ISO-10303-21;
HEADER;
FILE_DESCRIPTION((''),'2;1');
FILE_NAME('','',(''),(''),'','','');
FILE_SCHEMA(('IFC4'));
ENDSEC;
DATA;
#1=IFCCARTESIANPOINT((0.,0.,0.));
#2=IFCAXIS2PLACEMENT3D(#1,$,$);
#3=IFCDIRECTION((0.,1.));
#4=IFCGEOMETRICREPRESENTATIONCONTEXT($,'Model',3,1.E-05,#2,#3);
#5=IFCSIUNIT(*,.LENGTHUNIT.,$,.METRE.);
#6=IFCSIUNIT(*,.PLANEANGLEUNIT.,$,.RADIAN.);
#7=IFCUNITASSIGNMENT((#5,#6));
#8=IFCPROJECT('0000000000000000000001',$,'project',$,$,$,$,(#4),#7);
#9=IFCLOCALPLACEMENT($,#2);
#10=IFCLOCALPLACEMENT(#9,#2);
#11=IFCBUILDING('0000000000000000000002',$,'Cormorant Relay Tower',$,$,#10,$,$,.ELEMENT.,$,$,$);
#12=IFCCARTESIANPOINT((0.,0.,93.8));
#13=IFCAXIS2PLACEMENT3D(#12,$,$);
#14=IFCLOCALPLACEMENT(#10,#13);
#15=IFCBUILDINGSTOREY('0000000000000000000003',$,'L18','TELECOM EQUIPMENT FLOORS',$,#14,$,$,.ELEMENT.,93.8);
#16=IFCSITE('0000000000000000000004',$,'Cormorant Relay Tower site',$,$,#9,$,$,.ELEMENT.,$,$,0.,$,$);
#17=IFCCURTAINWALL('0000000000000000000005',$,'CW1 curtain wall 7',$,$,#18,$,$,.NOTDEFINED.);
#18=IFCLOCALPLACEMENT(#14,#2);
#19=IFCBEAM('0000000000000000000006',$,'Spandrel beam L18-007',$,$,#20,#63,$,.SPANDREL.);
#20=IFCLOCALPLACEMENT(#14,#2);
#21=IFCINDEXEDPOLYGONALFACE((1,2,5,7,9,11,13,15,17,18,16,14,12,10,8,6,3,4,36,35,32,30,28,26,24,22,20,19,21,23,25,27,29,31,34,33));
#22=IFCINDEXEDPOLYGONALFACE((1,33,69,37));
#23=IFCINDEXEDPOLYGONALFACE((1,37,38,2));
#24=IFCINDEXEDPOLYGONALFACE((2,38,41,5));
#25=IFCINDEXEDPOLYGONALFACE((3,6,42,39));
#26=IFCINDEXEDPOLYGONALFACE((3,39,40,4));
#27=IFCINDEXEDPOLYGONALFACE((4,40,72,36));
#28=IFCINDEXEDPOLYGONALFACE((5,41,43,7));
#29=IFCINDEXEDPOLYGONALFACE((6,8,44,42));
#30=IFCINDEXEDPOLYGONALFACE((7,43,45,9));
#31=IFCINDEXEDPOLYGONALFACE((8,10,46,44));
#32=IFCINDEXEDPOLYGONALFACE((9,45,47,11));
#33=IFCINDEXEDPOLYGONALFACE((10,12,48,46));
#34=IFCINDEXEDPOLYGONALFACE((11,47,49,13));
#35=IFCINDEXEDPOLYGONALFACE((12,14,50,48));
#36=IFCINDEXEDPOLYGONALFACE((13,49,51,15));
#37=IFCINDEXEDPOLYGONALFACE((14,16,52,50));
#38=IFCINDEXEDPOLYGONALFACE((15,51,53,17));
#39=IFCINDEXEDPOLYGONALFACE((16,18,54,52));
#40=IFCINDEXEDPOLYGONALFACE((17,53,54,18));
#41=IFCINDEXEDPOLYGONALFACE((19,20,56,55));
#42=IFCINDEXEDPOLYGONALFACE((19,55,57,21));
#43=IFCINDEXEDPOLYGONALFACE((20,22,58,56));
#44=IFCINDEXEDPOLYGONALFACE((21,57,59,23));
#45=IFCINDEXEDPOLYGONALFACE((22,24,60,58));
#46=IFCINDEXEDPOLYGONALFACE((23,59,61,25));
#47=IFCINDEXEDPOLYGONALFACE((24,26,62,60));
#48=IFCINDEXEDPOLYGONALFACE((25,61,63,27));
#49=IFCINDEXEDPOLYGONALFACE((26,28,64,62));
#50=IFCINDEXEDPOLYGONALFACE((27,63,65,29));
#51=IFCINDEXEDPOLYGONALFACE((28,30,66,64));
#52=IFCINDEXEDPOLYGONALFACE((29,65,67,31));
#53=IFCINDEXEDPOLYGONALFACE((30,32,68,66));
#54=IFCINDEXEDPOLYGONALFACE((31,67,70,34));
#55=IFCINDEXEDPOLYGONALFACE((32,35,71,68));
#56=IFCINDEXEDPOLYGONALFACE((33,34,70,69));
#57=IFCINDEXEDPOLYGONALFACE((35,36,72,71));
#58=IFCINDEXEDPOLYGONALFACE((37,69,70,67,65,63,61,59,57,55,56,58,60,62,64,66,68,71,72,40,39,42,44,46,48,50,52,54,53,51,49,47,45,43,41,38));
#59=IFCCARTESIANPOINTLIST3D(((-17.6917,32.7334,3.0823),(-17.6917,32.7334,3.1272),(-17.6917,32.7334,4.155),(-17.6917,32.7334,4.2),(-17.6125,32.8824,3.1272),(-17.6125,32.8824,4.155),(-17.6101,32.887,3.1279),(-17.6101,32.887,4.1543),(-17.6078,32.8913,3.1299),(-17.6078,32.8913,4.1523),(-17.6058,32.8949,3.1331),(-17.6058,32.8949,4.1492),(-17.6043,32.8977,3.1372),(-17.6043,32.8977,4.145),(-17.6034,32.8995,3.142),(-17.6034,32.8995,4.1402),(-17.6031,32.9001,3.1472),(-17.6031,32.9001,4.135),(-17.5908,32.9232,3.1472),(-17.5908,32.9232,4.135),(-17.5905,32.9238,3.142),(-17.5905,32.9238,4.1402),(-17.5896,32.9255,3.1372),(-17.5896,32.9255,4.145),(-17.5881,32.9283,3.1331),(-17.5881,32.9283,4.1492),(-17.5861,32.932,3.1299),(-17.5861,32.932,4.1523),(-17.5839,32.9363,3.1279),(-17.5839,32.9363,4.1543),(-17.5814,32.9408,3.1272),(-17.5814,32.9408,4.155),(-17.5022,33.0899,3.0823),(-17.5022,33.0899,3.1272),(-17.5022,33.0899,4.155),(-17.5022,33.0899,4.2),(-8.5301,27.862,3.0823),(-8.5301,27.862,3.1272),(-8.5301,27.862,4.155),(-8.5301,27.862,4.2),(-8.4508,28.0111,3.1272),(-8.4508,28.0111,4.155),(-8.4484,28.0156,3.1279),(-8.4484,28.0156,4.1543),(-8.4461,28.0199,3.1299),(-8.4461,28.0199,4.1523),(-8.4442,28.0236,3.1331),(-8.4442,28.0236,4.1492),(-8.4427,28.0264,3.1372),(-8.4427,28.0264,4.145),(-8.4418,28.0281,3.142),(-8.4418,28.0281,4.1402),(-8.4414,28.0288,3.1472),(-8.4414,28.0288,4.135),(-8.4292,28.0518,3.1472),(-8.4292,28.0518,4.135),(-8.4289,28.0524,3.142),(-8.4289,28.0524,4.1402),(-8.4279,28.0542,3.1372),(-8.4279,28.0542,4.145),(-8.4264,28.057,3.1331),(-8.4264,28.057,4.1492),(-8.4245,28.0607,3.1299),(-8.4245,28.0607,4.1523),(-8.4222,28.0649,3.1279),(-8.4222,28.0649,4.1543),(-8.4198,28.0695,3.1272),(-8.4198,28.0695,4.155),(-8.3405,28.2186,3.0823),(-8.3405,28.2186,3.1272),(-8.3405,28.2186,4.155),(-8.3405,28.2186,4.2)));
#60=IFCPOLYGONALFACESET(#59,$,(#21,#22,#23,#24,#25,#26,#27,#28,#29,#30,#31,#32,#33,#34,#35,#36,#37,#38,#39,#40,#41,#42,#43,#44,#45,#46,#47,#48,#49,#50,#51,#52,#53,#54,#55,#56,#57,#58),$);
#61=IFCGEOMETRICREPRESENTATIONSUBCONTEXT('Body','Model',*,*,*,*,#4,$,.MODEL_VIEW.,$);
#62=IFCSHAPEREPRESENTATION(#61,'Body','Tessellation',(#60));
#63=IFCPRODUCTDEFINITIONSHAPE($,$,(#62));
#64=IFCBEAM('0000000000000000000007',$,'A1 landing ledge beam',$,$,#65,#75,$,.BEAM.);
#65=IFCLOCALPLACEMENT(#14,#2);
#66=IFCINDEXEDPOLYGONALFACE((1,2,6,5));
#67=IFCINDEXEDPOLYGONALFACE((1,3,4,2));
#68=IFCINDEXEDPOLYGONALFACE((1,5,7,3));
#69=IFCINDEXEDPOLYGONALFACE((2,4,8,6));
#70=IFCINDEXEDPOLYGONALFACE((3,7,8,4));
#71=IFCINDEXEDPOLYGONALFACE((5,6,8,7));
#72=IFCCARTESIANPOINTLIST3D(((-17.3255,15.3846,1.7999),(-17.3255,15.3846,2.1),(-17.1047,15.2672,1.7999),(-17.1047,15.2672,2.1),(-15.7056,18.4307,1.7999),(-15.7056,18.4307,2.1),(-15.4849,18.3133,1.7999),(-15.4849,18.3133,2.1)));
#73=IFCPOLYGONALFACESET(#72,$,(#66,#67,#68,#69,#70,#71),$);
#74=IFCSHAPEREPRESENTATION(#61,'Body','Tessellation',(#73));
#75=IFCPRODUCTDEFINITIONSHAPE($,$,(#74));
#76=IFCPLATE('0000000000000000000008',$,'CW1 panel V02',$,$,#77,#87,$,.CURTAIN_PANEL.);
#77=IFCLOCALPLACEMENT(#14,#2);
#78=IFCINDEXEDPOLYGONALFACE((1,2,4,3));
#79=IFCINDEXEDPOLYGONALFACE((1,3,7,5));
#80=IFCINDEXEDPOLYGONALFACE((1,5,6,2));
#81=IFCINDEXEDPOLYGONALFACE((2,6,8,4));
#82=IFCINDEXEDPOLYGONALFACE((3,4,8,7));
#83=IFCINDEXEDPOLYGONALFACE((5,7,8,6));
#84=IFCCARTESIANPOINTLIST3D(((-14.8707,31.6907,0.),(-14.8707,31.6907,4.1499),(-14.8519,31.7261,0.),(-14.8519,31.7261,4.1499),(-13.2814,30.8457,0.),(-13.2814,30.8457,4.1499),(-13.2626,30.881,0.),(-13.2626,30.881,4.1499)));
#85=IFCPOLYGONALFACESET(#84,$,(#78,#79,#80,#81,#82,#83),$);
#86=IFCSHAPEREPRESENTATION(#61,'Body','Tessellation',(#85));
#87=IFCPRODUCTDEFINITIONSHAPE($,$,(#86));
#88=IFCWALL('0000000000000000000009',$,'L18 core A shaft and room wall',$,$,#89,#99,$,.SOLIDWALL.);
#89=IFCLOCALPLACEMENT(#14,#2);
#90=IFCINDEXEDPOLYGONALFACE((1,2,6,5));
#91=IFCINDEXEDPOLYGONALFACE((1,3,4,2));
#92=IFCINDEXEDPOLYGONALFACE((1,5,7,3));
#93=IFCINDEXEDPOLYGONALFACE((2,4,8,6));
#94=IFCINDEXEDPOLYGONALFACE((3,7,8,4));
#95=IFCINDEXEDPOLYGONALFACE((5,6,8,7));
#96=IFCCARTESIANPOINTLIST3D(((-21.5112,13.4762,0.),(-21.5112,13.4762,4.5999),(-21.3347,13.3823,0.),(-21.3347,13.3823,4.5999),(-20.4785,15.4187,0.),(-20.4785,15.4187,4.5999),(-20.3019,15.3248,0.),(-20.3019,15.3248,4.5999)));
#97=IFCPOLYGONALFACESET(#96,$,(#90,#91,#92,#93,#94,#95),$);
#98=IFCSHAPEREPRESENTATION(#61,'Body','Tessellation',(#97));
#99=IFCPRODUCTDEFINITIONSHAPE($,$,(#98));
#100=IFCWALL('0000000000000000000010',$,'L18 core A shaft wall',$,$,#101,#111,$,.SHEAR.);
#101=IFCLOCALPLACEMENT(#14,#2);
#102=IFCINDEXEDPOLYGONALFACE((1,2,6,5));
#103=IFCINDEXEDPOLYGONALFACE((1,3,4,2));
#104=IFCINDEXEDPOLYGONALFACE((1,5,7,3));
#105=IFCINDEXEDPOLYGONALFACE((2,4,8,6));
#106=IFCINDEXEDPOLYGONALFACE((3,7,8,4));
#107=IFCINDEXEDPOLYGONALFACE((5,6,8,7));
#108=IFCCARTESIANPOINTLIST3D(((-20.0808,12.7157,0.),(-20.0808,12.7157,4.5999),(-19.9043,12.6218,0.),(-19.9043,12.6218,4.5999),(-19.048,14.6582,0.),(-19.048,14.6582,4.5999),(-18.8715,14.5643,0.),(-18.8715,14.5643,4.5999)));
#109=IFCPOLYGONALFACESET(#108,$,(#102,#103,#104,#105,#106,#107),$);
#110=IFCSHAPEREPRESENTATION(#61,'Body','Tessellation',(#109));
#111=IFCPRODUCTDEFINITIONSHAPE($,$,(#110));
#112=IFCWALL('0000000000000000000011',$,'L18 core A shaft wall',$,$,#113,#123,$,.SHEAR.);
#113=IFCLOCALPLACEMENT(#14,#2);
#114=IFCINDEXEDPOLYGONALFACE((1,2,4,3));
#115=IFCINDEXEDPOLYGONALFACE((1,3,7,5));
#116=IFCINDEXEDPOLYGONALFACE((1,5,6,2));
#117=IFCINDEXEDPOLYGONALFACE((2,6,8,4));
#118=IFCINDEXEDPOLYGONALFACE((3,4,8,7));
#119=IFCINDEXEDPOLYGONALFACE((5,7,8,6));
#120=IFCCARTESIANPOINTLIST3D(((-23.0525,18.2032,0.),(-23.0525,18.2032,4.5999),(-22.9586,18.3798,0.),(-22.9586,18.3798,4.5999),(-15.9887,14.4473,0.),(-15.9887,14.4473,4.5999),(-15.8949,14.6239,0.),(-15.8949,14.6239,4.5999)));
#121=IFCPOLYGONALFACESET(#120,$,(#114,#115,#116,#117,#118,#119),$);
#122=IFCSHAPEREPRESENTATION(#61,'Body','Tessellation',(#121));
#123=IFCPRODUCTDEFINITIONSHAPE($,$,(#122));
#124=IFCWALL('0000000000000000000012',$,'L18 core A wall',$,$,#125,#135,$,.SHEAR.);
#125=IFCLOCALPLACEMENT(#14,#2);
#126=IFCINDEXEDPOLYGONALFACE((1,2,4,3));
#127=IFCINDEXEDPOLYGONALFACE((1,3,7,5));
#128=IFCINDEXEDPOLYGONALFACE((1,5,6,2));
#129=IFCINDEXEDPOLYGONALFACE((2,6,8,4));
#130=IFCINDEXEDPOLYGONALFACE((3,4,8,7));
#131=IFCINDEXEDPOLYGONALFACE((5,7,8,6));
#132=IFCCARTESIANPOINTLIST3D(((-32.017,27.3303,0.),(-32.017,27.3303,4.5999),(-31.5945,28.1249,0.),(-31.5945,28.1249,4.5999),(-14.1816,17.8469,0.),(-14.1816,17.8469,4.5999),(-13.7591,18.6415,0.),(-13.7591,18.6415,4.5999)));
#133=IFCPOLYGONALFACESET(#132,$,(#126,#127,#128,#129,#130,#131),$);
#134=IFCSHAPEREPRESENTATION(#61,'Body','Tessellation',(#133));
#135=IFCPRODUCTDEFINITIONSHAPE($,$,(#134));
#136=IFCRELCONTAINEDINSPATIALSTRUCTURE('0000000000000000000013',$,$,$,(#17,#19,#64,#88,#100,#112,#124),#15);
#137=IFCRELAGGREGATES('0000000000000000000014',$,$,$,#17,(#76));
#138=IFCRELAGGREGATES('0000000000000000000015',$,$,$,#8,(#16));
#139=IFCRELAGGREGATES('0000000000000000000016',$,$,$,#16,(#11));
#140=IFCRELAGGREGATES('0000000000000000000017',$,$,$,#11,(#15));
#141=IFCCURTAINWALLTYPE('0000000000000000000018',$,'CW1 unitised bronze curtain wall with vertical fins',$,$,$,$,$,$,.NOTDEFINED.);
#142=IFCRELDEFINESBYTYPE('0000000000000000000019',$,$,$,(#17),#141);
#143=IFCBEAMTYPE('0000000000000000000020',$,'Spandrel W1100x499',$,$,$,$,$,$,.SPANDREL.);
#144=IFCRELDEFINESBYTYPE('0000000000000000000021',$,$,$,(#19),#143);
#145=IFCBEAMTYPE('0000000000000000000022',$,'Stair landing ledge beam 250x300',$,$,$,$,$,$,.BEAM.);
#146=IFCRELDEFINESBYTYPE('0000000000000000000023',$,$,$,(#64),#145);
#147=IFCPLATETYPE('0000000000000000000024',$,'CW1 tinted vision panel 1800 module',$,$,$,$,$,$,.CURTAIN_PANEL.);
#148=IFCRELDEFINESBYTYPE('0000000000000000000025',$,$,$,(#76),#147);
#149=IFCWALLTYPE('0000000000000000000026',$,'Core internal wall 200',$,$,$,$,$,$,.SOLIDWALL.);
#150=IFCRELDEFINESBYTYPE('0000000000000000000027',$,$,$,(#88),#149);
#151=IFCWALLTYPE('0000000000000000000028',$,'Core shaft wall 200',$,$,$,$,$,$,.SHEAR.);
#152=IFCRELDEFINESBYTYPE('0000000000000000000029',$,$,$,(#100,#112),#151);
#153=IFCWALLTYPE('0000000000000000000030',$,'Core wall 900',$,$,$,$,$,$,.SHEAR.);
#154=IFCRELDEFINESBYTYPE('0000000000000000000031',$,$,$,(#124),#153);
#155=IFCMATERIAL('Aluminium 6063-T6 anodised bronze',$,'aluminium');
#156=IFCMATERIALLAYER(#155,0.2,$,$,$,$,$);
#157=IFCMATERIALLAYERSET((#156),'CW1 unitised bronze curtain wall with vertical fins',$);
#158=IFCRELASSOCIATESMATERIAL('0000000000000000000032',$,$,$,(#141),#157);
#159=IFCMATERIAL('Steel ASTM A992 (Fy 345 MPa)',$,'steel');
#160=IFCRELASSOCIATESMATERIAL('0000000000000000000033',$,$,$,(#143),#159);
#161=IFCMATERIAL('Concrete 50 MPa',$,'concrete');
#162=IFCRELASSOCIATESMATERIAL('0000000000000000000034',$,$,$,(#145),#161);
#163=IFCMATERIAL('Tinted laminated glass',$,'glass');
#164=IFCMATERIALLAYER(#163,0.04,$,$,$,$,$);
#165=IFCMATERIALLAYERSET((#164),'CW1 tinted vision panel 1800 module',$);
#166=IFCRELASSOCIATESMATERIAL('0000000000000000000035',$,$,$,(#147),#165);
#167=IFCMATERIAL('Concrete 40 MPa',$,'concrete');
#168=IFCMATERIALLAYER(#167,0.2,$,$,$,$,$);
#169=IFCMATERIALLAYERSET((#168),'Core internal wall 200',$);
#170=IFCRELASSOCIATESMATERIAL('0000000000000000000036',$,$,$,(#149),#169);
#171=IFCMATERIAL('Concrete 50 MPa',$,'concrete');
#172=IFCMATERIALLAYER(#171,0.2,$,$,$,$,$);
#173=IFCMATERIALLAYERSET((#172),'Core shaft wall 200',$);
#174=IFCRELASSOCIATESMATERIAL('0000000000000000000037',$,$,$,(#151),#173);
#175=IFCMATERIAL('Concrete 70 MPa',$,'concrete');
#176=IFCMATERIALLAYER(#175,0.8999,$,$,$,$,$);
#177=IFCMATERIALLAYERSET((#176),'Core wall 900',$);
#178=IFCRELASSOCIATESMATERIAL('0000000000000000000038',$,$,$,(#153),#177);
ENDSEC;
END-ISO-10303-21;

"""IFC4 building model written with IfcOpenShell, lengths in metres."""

from ifc_helpers import new_model, si_unit, direction, frame, frame_2d, origin, origin_2d, place, context, subcontext, project, spatial, rectangle, i_section, extrude, material, layer, layer_set, material_profile, profile_set, type_object, element, aggregate, save


model = new_model("IFC4")

# Units and contexts
model_context = context("Model", 3, precision=1e-05, world=origin(), true_north=direction((0.0, 1.0)))
body_context = subcontext(model_context, "Body", "Model", "MODEL_VIEW")
ifc_project = project(units=[si_unit("LENGTHUNIT", "METRE"), si_unit("PLANEANGLEUNIT", "RADIAN")], contexts=[model_context])

# Site, building, storey
site_placement = place(None, origin())
site = spatial("IfcSite", under=ifc_project, at=site_placement, Name="Cormorant Relay Tower site", CompositionType="ELEMENT", RefElevation=0.0)
building_placement = place(site_placement, origin())
building = spatial("IfcBuilding", under=site, at=building_placement, Name="Cormorant Relay Tower", CompositionType="ELEMENT")
storey_placement = place(building_placement, frame((0.0, 0.0, 93.8)))
storey = spatial("IfcBuildingStorey", under=building, at=storey_placement, Name="L18", Description="TELECOM EQUIPMENT FLOORS", CompositionType="ELEMENT", Elevation=93.8)

# Curtain wall
ifc_material_1 = material(Name="Aluminium 6063-T6 anodised bronze", Category="aluminium")
ifc_layer_1 = layer(ifc_material_1, 0.2)
ifc_layer_set_1 = layer_set([ifc_layer_1], Name="CW1 unitised bronze curtain wall with vertical fins")
curtain_wall_type = type_object("IfcCurtainWallType", Name="CW1 unitised bronze curtain wall with vertical fins", PredefinedType="NOTDEFINED", material=ifc_layer_set_1)
curtain_wall_placement = place(storey_placement, origin())
curtain_wall = element("IfcCurtainWall", 1, at=curtain_wall_placement, inside=storey, type_object=curtain_wall_type, Name="CW1 curtain wall 7", PredefinedType="NOTDEFINED")

# Beams
ifc_material_2 = material(Name="Steel ASTM A992 (Fy 345 MPa)", Category="steel")
ifc_material_profile_1 = material_profile(ifc_material_2, i_section(OverallWidth=0.4038, OverallDepth=1.1177, WebThickness=0.0261, FlangeThickness=0.0449, FilletRadius=0.02, at=origin_2d()), Name="W1100x499")
ifc_profile_set_1 = profile_set([ifc_material_profile_1], Name="Steel ASTM A992 (Fy 345 MPa)")
beam_type_1 = type_object("IfcBeamType", Name="Spandrel W1100x499", PredefinedType="SPANDREL", material=ifc_profile_set_1)
beam_1_placement = place(storey_placement, frame((-8.4353, 28.0403, 3.6411), z_axis=(-0.882947, 0.469473, 0.0), x_axis=(-0.469473, -0.882947, 0.0)))
element("IfcBeam", 2, at=beam_1_placement, inside=storey, type_object=beam_type_1, Name="Spandrel beam L18-007", PredefinedType="SPANDREL", context=body_context, shape_type="SweptSolid", body=[
    extrude(i_section(OverallWidth=0.4038, OverallDepth=1.1177, WebThickness=0.0261, FlangeThickness=0.0449, FilletRadius=0.02, at=origin_2d()), origin(), (0.0, 0.0, 1.0), 10.3762),
])
ifc_material_3 = material(Name="Concrete 50 MPa", Category="concrete")
ifc_material_profile_2 = material_profile(ifc_material_3, rectangle(XDim=0.25, YDim=0.3, at=origin_2d()), Name="RC 250x300")
ifc_profile_set_2 = profile_set([ifc_material_profile_2], Name="Concrete 50 MPa")
beam_type_2 = type_object("IfcBeamType", Name="Stair landing ledge beam 250x300", PredefinedType="BEAM", material=ifc_profile_set_2)
beam_2_placement = place(storey_placement, frame((-17.2151, 15.3259, 1.95), z_axis=(0.469519, 0.882922, 0.0), x_axis=(-0.882922, 0.469519, 0.0)))
element("IfcBeam", 3, at=beam_2_placement, inside=storey, type_object=beam_type_2, Name="A1 landing ledge beam", PredefinedType="BEAM", context=body_context, shape_type="SweptSolid", body=[
    extrude(rectangle(XDim=0.25, YDim=0.3, at=origin_2d()), origin(), (0.0, 0.0, 1.0), 3.45),
])

# Plate
ifc_material_4 = material(Name="Tinted laminated glass", Category="glass")
ifc_layer_2 = layer(ifc_material_4, 0.04)
ifc_layer_set_2 = layer_set([ifc_layer_2], Name="CW1 tinted vision panel 1800 module")
plate_type = type_object("IfcPlateType", Name="CW1 tinted vision panel 1800 module", PredefinedType="CURTAIN_PANEL", material=ifc_layer_set_2)
plate_placement = place(storey_placement, frame((-14.0667, 31.2859, 0.0), z_axis=(0.0, 0.0, 1.0), x_axis=(-0.882948, 0.469472, 0.0)))
plate = element("IfcPlate", 4, at=plate_placement, type_object=plate_type, Name="CW1 panel V02", PredefinedType="CURTAIN_PANEL", context=body_context, shape_type="SweptSolid", body=[
    extrude(rectangle(XDim=1.8, YDim=0.04, at=origin_2d()), origin(), (0.0, 0.0, 1.0), 4.1499),
])

# Walls
ifc_material_5 = material(Name="Concrete 40 MPa", Category="concrete")
ifc_layer_3 = layer(ifc_material_5, 0.2)
ifc_layer_set_3 = layer_set([ifc_layer_3], Name="Core internal wall 200")
wall_type_1 = type_object("IfcWallType", Name="Core internal wall 200", PredefinedType="SOLIDWALL", material=ifc_layer_set_3)
wall_1_placement = place(storey_placement, frame((-20.3901, 15.3718, 0.0), z_axis=(0.0, 0.0, 1.0), x_axis=(-0.469447, -0.88296, 0.0)))
element("IfcWall", 5, at=wall_1_placement, inside=storey, type_object=wall_type_1, Name="L18 core A shaft and room wall", PredefinedType="SOLIDWALL", context=body_context, shape_type="SweptSolid", body=[
    extrude(rectangle(XDim=2.2, YDim=0.2, at=frame_2d((1.1001, 0.0))), origin(), (0.0, 0.0, 1.0), 4.5999),
])
ifc_material_6 = material(Name="Concrete 50 MPa", Category="concrete")
ifc_layer_4 = layer(ifc_material_6, 0.2)
ifc_layer_set_4 = layer_set([ifc_layer_4], Name="Core shaft wall 200")
wall_type_2 = type_object("IfcWallType", Name="Core shaft wall 200", PredefinedType="SHEAR", material=ifc_layer_set_4)
wall_2_placement = place(storey_placement, frame((-18.9597, 14.6113, 0.0), z_axis=(0.0, 0.0, 1.0), x_axis=(-0.469447, -0.88296, 0.0)))
element("IfcWall", 6, at=wall_2_placement, inside=storey, type_object=wall_type_2, Name="L18 core A shaft wall", PredefinedType="SHEAR", context=body_context, shape_type="SweptSolid", body=[
    extrude(rectangle(XDim=2.2, YDim=0.2, at=frame_2d((1.1001, 0.0))), origin(), (0.0, 0.0, 1.0), 4.5999),
])
wall_3_placement = place(storey_placement, frame((-15.9419, 14.5356, 0.0), z_axis=(0.0, 0.0, 1.0), x_axis=(-0.882947, 0.469473, 0.0)))
element("IfcWall", 7, at=wall_3_placement, inside=storey, type_object=wall_type_2, Name="L18 core A shaft wall", PredefinedType="SHEAR", context=body_context, shape_type="SweptSolid", body=[
    extrude(rectangle(XDim=8.0002, YDim=0.2, at=frame_2d((4.0, 0.0))), origin(), (0.0, 0.0, 1.0), 4.5999),
])

# Shared definitions
ifc_material_7 = material(Name="Concrete 70 MPa", Category="concrete")
ifc_layer_5 = layer(ifc_material_7, 0.8999)
ifc_layer_set_5 = layer_set([ifc_layer_5], Name="Core wall 900")
wall_type_3 = type_object("IfcWallType", Name="Core wall 900", PredefinedType="SHEAR", material=ifc_layer_set_5)

# Wall
wall_4_placement = place(storey_placement, frame((-13.9702, 18.2441, 0.0), z_axis=(0.0, 0.0, 1.0), x_axis=(-0.882945, 0.469476, 0.0)))
element("IfcWall", 8, at=wall_4_placement, inside=storey, type_object=wall_type_3, Name="L18 core A wall", PredefinedType="SHEAR", context=body_context, shape_type="SweptSolid", body=[
    extrude(rectangle(XDim=20.2, YDim=0.8999, at=frame_2d((10.1001, 0.0))), origin(), (0.0, 0.0, 1.0), 4.5999),
])

aggregate(curtain_wall, [plate])

save(model, "model.ifc")
